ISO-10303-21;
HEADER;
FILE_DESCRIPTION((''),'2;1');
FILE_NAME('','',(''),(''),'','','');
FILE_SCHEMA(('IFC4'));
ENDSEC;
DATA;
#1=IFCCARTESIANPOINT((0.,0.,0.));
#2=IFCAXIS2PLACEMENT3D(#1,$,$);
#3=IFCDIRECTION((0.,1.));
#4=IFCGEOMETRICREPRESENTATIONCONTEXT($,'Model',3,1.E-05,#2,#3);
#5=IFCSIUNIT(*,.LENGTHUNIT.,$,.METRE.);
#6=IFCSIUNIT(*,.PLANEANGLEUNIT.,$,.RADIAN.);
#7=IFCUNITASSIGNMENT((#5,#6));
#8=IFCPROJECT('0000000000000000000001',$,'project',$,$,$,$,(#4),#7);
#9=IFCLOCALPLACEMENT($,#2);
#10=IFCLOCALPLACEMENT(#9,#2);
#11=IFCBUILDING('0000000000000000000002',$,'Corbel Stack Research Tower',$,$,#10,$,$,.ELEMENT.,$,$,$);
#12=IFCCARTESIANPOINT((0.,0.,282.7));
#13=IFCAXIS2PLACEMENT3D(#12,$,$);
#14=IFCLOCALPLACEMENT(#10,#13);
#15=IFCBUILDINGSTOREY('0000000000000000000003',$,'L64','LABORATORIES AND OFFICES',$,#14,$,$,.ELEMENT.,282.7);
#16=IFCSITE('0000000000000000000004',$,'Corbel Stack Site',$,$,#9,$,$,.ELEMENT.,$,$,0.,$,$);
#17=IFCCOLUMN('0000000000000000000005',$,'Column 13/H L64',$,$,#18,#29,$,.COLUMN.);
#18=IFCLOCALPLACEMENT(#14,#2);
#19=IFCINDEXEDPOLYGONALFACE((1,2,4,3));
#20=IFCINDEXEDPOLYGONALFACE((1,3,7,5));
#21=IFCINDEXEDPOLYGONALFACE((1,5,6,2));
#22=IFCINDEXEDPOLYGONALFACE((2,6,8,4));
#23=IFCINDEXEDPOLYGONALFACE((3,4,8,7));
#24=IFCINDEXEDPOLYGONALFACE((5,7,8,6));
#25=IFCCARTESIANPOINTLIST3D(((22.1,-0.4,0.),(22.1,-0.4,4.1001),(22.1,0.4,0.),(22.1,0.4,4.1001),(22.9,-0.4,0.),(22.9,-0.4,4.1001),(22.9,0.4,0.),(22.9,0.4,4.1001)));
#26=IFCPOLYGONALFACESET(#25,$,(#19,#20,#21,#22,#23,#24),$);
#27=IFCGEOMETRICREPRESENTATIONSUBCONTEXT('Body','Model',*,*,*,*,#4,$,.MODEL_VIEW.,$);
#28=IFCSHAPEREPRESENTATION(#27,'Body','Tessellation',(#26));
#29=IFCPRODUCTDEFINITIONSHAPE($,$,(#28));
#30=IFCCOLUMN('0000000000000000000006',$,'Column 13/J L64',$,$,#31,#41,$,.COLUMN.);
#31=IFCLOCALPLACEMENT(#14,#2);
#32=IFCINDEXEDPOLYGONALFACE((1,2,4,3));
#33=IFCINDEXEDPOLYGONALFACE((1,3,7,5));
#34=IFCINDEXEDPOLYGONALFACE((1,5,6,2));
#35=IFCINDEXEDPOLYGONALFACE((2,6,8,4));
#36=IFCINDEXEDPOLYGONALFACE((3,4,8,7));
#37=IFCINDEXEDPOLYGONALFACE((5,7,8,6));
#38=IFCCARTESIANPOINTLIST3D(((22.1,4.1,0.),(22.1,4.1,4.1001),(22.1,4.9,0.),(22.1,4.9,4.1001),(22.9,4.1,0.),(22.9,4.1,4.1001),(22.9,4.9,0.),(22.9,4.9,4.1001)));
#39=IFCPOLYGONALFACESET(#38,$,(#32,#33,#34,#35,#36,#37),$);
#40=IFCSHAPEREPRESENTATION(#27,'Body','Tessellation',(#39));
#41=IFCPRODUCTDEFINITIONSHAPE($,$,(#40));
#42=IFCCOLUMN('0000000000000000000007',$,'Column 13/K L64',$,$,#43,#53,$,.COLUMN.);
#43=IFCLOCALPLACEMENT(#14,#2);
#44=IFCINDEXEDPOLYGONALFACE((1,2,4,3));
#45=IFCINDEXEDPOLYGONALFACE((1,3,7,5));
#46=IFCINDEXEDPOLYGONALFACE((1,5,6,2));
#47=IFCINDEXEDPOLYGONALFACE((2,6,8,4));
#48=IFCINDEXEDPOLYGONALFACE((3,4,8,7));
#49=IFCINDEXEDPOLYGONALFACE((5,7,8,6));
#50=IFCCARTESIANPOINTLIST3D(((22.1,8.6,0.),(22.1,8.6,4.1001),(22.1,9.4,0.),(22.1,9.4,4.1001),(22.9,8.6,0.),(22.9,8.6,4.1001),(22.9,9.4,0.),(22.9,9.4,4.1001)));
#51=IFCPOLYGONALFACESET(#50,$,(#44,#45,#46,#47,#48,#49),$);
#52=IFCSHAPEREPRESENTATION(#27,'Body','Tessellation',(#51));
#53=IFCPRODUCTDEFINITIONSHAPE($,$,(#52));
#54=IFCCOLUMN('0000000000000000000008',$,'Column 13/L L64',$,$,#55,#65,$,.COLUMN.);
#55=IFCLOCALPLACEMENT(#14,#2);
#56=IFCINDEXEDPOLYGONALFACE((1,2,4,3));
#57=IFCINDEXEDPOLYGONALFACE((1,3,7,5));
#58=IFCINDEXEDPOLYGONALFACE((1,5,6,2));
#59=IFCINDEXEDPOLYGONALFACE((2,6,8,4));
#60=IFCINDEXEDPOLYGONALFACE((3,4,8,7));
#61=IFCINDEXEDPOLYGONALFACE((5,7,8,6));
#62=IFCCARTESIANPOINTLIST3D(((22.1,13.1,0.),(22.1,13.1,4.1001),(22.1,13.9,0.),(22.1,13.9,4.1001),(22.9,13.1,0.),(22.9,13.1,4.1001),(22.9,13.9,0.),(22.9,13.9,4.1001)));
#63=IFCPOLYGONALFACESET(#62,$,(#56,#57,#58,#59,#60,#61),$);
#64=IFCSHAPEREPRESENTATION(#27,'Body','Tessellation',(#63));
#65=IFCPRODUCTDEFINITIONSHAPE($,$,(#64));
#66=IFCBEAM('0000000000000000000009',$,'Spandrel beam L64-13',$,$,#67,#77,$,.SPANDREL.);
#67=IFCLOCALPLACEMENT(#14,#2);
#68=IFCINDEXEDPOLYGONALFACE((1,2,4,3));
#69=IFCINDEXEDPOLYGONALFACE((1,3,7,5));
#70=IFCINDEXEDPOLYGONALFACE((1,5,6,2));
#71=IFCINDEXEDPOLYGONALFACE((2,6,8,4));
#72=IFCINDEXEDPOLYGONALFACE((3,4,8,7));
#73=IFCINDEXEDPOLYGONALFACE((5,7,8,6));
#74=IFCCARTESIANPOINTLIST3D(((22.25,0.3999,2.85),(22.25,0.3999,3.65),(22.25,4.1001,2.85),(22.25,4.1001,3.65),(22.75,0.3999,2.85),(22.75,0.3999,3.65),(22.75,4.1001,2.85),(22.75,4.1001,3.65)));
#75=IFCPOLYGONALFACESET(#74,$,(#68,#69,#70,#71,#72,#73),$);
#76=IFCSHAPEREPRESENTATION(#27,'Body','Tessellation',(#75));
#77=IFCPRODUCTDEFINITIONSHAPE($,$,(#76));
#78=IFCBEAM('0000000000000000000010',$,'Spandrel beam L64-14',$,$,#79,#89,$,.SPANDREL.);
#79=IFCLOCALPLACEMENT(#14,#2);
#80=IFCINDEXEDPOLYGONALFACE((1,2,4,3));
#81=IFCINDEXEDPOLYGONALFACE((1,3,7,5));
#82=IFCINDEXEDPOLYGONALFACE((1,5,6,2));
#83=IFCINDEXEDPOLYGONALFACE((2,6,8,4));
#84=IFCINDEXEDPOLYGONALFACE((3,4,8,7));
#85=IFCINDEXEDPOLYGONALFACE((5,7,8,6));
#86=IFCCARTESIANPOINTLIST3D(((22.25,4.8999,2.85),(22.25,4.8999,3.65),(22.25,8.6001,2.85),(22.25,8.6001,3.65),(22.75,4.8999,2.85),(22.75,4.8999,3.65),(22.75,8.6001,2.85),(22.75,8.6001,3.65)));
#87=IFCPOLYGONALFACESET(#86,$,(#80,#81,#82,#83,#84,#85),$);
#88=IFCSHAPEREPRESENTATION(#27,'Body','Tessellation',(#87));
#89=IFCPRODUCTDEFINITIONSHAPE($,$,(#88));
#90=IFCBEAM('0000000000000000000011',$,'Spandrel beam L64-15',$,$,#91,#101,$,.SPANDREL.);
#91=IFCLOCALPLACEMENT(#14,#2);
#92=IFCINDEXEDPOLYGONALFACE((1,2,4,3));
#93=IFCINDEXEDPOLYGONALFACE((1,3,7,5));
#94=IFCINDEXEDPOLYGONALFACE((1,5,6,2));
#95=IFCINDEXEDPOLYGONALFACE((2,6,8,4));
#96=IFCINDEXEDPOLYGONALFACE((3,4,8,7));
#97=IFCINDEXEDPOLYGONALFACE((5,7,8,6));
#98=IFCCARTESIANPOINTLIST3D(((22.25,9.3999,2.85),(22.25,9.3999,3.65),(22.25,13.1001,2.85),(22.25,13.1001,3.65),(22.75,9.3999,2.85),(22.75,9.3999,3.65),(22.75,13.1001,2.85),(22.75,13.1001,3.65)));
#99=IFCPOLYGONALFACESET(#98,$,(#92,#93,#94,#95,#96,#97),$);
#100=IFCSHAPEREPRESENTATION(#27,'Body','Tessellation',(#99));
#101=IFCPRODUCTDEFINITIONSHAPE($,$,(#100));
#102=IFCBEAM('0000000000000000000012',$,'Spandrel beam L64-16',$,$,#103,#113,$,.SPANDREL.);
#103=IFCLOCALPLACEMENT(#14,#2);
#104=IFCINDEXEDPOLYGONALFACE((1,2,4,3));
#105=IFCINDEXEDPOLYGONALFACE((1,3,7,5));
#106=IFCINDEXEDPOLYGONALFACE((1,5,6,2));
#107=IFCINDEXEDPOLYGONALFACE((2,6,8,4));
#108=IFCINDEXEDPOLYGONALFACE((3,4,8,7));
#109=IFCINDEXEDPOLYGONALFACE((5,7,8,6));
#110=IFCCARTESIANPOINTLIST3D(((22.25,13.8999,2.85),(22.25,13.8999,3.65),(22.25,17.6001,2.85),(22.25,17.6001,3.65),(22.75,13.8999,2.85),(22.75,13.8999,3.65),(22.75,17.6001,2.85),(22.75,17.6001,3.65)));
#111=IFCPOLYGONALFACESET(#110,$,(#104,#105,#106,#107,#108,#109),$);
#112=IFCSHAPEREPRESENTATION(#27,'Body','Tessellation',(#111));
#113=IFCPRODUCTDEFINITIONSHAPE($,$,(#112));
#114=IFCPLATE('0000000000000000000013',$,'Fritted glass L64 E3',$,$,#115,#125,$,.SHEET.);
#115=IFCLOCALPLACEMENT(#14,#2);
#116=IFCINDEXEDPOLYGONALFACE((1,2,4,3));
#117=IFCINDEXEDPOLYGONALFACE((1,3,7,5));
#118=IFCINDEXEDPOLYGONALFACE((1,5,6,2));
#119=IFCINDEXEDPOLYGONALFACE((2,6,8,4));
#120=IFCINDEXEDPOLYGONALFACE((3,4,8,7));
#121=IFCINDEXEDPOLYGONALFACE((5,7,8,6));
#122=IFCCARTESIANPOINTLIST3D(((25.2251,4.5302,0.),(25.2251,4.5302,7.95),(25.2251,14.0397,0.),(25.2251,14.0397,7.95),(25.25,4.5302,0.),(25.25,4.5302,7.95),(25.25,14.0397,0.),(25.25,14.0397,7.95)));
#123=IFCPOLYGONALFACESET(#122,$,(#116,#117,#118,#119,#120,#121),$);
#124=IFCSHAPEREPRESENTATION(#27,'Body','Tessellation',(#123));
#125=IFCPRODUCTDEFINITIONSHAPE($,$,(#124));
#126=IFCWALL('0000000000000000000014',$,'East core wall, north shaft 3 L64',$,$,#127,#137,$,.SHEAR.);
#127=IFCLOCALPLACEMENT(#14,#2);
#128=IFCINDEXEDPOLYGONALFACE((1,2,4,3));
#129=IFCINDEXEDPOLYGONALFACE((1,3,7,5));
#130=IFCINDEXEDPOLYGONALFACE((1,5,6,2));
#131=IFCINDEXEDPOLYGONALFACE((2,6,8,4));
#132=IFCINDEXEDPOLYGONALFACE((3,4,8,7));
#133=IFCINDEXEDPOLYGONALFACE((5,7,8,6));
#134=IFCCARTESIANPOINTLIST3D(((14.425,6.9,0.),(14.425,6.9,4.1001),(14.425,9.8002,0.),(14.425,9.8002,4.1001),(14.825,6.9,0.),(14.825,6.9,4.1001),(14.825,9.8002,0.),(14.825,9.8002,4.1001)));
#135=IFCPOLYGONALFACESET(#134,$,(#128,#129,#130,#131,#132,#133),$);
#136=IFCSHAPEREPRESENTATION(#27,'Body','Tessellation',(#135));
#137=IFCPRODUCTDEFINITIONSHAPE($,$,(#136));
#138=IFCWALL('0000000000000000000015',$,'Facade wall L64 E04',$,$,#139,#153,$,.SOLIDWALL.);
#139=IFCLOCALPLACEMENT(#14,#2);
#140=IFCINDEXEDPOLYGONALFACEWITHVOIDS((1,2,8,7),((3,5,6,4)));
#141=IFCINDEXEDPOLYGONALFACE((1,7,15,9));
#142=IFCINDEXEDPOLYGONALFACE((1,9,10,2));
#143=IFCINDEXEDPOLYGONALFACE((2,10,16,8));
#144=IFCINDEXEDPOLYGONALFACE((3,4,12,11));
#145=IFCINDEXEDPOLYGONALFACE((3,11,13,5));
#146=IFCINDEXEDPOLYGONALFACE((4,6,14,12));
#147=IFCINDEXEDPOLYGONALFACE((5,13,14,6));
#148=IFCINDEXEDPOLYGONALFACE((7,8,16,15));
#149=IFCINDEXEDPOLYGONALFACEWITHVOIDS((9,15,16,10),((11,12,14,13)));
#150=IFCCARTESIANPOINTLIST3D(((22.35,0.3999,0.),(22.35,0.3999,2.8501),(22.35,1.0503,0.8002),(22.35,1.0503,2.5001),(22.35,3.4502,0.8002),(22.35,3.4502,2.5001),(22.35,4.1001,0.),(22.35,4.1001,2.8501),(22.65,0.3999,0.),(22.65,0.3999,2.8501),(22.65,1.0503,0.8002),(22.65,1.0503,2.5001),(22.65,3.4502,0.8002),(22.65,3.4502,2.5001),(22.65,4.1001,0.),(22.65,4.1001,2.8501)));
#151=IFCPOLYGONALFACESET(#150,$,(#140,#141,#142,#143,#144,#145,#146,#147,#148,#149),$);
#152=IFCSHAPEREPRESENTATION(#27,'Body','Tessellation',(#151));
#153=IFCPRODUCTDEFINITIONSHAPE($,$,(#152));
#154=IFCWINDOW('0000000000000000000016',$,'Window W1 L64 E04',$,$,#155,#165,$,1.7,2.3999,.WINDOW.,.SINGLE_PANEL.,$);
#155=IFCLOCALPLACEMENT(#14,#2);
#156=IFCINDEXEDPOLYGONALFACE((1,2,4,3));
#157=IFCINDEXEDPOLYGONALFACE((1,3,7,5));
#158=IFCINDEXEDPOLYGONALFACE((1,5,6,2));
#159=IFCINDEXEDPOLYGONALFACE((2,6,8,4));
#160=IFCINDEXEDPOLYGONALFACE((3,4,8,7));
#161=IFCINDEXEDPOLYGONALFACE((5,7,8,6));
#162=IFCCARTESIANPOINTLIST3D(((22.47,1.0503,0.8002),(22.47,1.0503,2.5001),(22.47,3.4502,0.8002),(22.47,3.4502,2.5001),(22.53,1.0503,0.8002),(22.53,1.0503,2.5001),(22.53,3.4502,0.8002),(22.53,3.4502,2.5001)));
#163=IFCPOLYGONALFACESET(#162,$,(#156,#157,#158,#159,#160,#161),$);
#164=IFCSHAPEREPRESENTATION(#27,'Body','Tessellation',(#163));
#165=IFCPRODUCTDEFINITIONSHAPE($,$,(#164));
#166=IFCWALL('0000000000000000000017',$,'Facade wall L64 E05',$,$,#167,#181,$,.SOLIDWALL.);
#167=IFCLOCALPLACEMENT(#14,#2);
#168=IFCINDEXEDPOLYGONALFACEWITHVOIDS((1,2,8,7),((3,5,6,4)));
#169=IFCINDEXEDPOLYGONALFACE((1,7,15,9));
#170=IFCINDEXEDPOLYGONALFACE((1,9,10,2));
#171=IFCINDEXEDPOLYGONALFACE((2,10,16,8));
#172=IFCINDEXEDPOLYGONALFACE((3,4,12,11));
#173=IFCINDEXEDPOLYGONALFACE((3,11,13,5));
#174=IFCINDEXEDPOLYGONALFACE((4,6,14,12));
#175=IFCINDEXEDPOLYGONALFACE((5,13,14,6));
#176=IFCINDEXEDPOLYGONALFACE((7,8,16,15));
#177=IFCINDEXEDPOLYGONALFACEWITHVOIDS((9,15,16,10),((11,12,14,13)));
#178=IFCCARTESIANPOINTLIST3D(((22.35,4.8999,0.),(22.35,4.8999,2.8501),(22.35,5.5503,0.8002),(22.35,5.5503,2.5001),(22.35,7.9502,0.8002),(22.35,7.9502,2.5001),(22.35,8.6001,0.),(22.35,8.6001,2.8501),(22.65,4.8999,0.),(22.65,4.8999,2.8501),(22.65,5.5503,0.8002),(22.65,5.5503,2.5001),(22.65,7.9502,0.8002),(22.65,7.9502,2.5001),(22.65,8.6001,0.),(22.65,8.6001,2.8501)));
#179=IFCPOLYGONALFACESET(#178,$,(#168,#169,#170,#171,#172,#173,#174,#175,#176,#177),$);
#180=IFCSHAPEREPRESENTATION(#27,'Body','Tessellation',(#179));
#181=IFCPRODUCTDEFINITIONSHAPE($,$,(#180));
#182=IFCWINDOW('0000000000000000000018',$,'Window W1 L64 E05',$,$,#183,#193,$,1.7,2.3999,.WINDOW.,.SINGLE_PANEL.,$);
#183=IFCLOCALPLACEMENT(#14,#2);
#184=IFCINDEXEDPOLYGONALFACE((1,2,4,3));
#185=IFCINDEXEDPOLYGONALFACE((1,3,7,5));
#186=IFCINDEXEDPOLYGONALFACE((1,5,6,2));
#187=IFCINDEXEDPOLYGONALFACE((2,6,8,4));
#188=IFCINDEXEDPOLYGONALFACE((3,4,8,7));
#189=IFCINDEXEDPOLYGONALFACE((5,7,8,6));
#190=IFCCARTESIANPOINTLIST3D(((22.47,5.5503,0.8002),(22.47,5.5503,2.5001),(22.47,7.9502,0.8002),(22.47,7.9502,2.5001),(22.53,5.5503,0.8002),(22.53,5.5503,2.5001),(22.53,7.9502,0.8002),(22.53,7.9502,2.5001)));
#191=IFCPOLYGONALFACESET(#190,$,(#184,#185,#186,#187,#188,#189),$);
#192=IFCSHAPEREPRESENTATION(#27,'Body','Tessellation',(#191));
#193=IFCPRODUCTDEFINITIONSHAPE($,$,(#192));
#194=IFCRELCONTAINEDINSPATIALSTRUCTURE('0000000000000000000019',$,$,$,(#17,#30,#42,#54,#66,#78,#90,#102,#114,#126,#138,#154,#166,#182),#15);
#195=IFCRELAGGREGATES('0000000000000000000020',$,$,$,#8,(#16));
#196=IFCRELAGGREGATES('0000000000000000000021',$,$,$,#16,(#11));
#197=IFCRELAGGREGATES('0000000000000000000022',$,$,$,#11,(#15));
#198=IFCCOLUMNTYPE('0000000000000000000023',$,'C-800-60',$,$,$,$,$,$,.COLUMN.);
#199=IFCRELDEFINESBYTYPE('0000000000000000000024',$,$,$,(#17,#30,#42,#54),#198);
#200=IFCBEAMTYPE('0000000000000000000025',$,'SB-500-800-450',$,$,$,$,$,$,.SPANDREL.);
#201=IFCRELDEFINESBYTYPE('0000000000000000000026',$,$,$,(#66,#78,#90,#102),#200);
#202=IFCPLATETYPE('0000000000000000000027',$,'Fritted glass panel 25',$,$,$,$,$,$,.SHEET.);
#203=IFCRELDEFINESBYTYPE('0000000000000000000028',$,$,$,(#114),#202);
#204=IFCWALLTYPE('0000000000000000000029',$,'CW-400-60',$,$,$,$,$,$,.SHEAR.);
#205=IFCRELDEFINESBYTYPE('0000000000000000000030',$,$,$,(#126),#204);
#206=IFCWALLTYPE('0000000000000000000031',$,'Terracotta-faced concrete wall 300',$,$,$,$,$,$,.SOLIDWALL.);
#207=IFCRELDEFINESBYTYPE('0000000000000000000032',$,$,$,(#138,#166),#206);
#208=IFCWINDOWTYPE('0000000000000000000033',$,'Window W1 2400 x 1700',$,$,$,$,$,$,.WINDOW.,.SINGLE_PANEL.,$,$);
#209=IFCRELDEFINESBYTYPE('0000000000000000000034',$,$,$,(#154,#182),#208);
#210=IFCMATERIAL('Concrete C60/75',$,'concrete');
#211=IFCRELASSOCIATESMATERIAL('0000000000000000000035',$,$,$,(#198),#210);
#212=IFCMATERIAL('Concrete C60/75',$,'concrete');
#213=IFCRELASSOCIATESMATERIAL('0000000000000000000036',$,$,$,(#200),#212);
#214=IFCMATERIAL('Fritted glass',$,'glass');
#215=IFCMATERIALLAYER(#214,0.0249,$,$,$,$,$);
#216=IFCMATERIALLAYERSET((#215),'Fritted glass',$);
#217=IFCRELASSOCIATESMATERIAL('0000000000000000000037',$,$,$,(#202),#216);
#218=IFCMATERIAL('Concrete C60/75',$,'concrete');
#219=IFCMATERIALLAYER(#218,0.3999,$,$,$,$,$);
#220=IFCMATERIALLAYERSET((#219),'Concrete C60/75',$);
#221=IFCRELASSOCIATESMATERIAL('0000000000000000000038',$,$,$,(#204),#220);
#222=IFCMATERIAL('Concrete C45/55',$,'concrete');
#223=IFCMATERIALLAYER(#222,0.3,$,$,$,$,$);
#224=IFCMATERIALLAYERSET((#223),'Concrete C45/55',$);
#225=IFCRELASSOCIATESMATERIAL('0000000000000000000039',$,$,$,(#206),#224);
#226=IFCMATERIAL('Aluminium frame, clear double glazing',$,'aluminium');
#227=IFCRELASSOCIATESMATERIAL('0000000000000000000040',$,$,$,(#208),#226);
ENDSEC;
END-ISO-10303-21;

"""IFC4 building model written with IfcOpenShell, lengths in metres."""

from ifc_helpers import new_model, si_unit, direction, frame, frame_2d, origin, origin_2d, place, context, subcontext, project, spatial, rectangle, extrude, material, layer, layer_set, material_profile, profile_set, type_object, element, fill, save


model = new_model("IFC4")

# Units and contexts
model_context = context("Model", 3, precision=1e-05, world=origin(), true_north=direction((0.0, 1.0)))
body_context = subcontext(model_context, "Body", "Model", "MODEL_VIEW")
ifc_project = project(units=[si_unit("LENGTHUNIT", "METRE"), si_unit("PLANEANGLEUNIT", "RADIAN")], contexts=[model_context])

# Site, building, storey
site_placement = place(None, origin())
site = spatial("IfcSite", under=ifc_project, at=site_placement, Name="Corbel Stack Site", CompositionType="ELEMENT", RefElevation=0.0)
building_placement = place(site_placement, origin())
building = spatial("IfcBuilding", under=site, at=building_placement, Name="Corbel Stack Research Tower", CompositionType="ELEMENT")
storey_placement = place(building_placement, frame((0.0, 0.0, 282.7)))
storey = spatial("IfcBuildingStorey", under=building, at=storey_placement, Name="L64", Description="LABORATORIES AND OFFICES", CompositionType="ELEMENT", Elevation=282.7)

# Columns
ifc_material_1 = material(Name="Concrete C60/75", Category="concrete")
ifc_material_profile_1 = material_profile(ifc_material_1, rectangle(XDim=0.8, YDim=0.8, at=origin_2d()), Name="RC 800 x 800")
ifc_profile_set_1 = profile_set([ifc_material_profile_1], Name="Concrete C60/75")
column_type = type_object("IfcColumnType", Name="C-800-60", PredefinedType="COLUMN", material=ifc_profile_set_1)
for number, where, z_axis, x_axis, name in (
    (1, (22.5, 0.0, 0.0), (0.0, 0.0, 1.0), (1.0, 0.0, 0.0), "Column 13/H L64"),
    (2, (22.5, 4.5, 0.0), (0.0, 0.0, 1.0), (1.0, 0.0, 0.0), "Column 13/J L64"),
    (3, (22.5, 9.0, 0.0), (0.0, 0.0, 1.0), (1.0, 0.0, 0.0), "Column 13/K L64"),
    (4, (22.5, 13.5, 0.0), (0.0, 0.0, 1.0), (1.0, 0.0, 0.0), "Column 13/L L64"),
):
    element("IfcColumn", number, at=place(storey_placement, frame(where, z_axis=z_axis, x_axis=x_axis)), inside=storey, type_object=column_type, Name=name, PredefinedType="COLUMN", context=body_context, shape_type="SweptSolid", body=[
        extrude(rectangle(XDim=0.8, YDim=0.8, at=origin_2d()), origin(), (0.0, 0.0, 1.0), 4.1001),
    ])

# Beams
ifc_material_2 = material(Name="Concrete C60/75", Category="concrete")
ifc_material_profile_2 = material_profile(ifc_material_2, rectangle(XDim=0.5, YDim=0.8, at=origin_2d()), Name="RC 500 x 800")
ifc_profile_set_2 = profile_set([ifc_material_profile_2], Name="Concrete C60/75")
beam_type = type_object("IfcBeamType", Name="SB-500-800-450", PredefinedType="SPANDREL", material=ifc_profile_set_2)
for number, where, z_axis, x_axis, name in (
    (5, (22.5, 0.3999, 3.25), (0.0, 1.0, 0.0), (-1.0, 0.0, 0.0), "Spandrel beam L64-13"),
    (6, (22.5, 4.8999, 3.25), (0.0, 1.0, 0.0), (-1.0, 0.0, 0.0), "Spandrel beam L64-14"),
    (7, (22.5, 9.3999, 3.25), (0.0, 1.0, 0.0), (-1.0, 0.0, 0.0), "Spandrel beam L64-15"),
    (8, (22.5, 13.8999, 3.25), (0.0, 1.0, 0.0), (-1.0, 0.0, 0.0), "Spandrel beam L64-16"),
):
    element("IfcBeam", number, at=place(storey_placement, frame(where, z_axis=z_axis, x_axis=x_axis)), inside=storey, type_object=beam_type, Name=name, PredefinedType="SPANDREL", context=body_context, shape_type="SweptSolid", body=[
        extrude(rectangle(XDim=0.5, YDim=0.8, at=origin_2d()), origin(), (0.0, 0.0, 1.0), 3.7002),
    ])

# Plate
ifc_material_3 = material(Name="Fritted glass", Category="glass")
ifc_layer_1 = layer(ifc_material_3, 0.0249)
ifc_layer_set_1 = layer_set([ifc_layer_1], Name="Fritted glass")
plate_type = type_object("IfcPlateType", Name="Fritted glass panel 25", PredefinedType="SHEET", material=ifc_layer_set_1)
plate_placement = place(storey_placement, frame((25.2375, 9.2849, 0.0), z_axis=(0.0, 0.0, 1.0), x_axis=(0.0, 1.0, 0.0)))
element("IfcPlate", 9, at=plate_placement, inside=storey, type_object=plate_type, Name="Fritted glass L64 E3", PredefinedType="SHEET", context=body_context, shape_type="SweptSolid", body=[
    extrude(rectangle(XDim=9.5095, YDim=0.0249, at=origin_2d()), origin(), (0.0, 0.0, 1.0), 7.95),
])

# Wall
ifc_material_4 = material(Name="Concrete C60/75", Category="concrete")
ifc_layer_2 = layer(ifc_material_4, 0.3999)
ifc_layer_set_2 = layer_set([ifc_layer_2], Name="Concrete C60/75")
wall_type_1 = type_object("IfcWallType", Name="CW-400-60", PredefinedType="SHEAR", material=ifc_layer_set_2)
wall_1_placement = place(storey_placement, frame((14.625, 6.8999, 0.0), z_axis=(0.0, 0.0, 1.0), x_axis=(0.0, 1.0, 0.0)))
element("IfcWall", 10, at=wall_1_placement, inside=storey, type_object=wall_type_1, Name="East core wall, north shaft 3 L64", PredefinedType="SHEAR", context=body_context, shape_type="SweptSolid", body=[
    extrude(rectangle(XDim=2.9001, YDim=0.3999, at=frame_2d((1.4502, 0.0))), origin(), (0.0, 0.0, 1.0), 4.1001),
])

# Walls, openings, windows
ifc_material_5 = material(Name="Concrete C45/55", Category="concrete")
ifc_layer_3 = layer(ifc_material_5, 0.3)
ifc_layer_set_3 = layer_set([ifc_layer_3], Name="Concrete C45/55")
wall_type_2 = type_object("IfcWallType", Name="Terracotta-faced concrete wall 300", PredefinedType="SOLIDWALL", material=ifc_layer_set_3)
wall_2_placement = place(storey_placement, frame((22.5, 4.1001, 0.0), z_axis=(0.0, 0.0, 1.0), x_axis=(0.0, -1.0, 0.0)))
wall_2 = element("IfcWall", 11, at=wall_2_placement, inside=storey, type_object=wall_type_2, Name="Facade wall L64 E04", PredefinedType="SOLIDWALL", context=body_context, shape_type="SweptSolid", body=[
    extrude(rectangle(XDim=3.7002, YDim=0.3, at=frame_2d((1.8501, 0.0))), origin(), (0.0, 0.0, 1.0), 2.8501),
])
opening_1_placement = place(wall_2_placement, frame((0.6499, 0.0, 0.8)))
opening_1 = element("IfcOpeningElement", 12, at=opening_1_placement, cuts=wall_2, PredefinedType="OPENING", context=body_context, shape_type="SweptSolid", body=[
    extrude(rectangle(XDim=2.3999, YDim=1.7, at=frame_2d((1.2, 0.8501))), frame((0.0, 0.1599, 0.0), z_axis=(0.0, -1.0, 0.0), x_axis=(1.0, 0.0, 0.0)), (0.0, 0.0, 1.0), 0.3201),
])
ifc_material_6 = material(Name="Aluminium frame, clear double glazing", Category="aluminium")
window_type = type_object("IfcWindowType", Name="Window W1 2400 x 1700", PartitioningType="SINGLE_PANEL", PredefinedType="WINDOW", material=ifc_material_6)
window_1_placement = place(opening_1_placement, origin())
window_1 = element("IfcWindow", 13, at=window_1_placement, inside=storey, type_object=window_type, Name="Window W1 L64 E04", OverallHeight=1.7, OverallWidth=2.3999, PartitioningType="SINGLE_PANEL", PredefinedType="WINDOW", context=body_context, shape_type="SweptSolid", body=[
    extrude(rectangle(XDim=2.3999, YDim=1.7, at=frame_2d((1.2, 0.8501))), frame((0.0, 0.03, 0.0), z_axis=(0.0, -1.0, 0.0), x_axis=(1.0, 0.0, 0.0)), (0.0, 0.0, 1.0), 0.0601),
])
fill(opening_1, window_1)
wall_3_placement = place(storey_placement, frame((22.5, 8.6001, 0.0), z_axis=(0.0, 0.0, 1.0), x_axis=(0.0, -1.0, 0.0)))
wall_3 = element("IfcWall", 14, at=wall_3_placement, inside=storey, type_object=wall_type_2, Name="Facade wall L64 E05", PredefinedType="SOLIDWALL", context=body_context, shape_type="SweptSolid", body=[
    extrude(rectangle(XDim=3.7002, YDim=0.3, at=frame_2d((1.8501, 0.0))), origin(), (0.0, 0.0, 1.0), 2.8501),
])
opening_2_placement = place(wall_3_placement, frame((0.6499, 0.0, 0.8)))
opening_2 = element("IfcOpeningElement", 15, at=opening_2_placement, cuts=wall_3, PredefinedType="OPENING", context=body_context, shape_type="SweptSolid", body=[
    extrude(rectangle(XDim=2.3999, YDim=1.7, at=frame_2d((1.2, 0.8501))), frame((0.0, 0.1599, 0.0), z_axis=(0.0, -1.0, 0.0), x_axis=(1.0, 0.0, 0.0)), (0.0, 0.0, 1.0), 0.3201),
])
window_2_placement = place(opening_2_placement, origin())
window_2 = element("IfcWindow", 16, at=window_2_placement, inside=storey, type_object=window_type, Name="Window W1 L64 E05", OverallHeight=1.7, OverallWidth=2.3999, PartitioningType="SINGLE_PANEL", PredefinedType="WINDOW", context=body_context, shape_type="SweptSolid", body=[
    extrude(rectangle(XDim=2.3999, YDim=1.7, at=frame_2d((1.2, 0.8501))), frame((0.0, 0.03, 0.0), z_axis=(0.0, -1.0, 0.0), x_axis=(1.0, 0.0, 0.0)), (0.0, 0.0, 1.0), 0.0601),
])
fill(opening_2, window_2)

save(model, "model.ifc")
